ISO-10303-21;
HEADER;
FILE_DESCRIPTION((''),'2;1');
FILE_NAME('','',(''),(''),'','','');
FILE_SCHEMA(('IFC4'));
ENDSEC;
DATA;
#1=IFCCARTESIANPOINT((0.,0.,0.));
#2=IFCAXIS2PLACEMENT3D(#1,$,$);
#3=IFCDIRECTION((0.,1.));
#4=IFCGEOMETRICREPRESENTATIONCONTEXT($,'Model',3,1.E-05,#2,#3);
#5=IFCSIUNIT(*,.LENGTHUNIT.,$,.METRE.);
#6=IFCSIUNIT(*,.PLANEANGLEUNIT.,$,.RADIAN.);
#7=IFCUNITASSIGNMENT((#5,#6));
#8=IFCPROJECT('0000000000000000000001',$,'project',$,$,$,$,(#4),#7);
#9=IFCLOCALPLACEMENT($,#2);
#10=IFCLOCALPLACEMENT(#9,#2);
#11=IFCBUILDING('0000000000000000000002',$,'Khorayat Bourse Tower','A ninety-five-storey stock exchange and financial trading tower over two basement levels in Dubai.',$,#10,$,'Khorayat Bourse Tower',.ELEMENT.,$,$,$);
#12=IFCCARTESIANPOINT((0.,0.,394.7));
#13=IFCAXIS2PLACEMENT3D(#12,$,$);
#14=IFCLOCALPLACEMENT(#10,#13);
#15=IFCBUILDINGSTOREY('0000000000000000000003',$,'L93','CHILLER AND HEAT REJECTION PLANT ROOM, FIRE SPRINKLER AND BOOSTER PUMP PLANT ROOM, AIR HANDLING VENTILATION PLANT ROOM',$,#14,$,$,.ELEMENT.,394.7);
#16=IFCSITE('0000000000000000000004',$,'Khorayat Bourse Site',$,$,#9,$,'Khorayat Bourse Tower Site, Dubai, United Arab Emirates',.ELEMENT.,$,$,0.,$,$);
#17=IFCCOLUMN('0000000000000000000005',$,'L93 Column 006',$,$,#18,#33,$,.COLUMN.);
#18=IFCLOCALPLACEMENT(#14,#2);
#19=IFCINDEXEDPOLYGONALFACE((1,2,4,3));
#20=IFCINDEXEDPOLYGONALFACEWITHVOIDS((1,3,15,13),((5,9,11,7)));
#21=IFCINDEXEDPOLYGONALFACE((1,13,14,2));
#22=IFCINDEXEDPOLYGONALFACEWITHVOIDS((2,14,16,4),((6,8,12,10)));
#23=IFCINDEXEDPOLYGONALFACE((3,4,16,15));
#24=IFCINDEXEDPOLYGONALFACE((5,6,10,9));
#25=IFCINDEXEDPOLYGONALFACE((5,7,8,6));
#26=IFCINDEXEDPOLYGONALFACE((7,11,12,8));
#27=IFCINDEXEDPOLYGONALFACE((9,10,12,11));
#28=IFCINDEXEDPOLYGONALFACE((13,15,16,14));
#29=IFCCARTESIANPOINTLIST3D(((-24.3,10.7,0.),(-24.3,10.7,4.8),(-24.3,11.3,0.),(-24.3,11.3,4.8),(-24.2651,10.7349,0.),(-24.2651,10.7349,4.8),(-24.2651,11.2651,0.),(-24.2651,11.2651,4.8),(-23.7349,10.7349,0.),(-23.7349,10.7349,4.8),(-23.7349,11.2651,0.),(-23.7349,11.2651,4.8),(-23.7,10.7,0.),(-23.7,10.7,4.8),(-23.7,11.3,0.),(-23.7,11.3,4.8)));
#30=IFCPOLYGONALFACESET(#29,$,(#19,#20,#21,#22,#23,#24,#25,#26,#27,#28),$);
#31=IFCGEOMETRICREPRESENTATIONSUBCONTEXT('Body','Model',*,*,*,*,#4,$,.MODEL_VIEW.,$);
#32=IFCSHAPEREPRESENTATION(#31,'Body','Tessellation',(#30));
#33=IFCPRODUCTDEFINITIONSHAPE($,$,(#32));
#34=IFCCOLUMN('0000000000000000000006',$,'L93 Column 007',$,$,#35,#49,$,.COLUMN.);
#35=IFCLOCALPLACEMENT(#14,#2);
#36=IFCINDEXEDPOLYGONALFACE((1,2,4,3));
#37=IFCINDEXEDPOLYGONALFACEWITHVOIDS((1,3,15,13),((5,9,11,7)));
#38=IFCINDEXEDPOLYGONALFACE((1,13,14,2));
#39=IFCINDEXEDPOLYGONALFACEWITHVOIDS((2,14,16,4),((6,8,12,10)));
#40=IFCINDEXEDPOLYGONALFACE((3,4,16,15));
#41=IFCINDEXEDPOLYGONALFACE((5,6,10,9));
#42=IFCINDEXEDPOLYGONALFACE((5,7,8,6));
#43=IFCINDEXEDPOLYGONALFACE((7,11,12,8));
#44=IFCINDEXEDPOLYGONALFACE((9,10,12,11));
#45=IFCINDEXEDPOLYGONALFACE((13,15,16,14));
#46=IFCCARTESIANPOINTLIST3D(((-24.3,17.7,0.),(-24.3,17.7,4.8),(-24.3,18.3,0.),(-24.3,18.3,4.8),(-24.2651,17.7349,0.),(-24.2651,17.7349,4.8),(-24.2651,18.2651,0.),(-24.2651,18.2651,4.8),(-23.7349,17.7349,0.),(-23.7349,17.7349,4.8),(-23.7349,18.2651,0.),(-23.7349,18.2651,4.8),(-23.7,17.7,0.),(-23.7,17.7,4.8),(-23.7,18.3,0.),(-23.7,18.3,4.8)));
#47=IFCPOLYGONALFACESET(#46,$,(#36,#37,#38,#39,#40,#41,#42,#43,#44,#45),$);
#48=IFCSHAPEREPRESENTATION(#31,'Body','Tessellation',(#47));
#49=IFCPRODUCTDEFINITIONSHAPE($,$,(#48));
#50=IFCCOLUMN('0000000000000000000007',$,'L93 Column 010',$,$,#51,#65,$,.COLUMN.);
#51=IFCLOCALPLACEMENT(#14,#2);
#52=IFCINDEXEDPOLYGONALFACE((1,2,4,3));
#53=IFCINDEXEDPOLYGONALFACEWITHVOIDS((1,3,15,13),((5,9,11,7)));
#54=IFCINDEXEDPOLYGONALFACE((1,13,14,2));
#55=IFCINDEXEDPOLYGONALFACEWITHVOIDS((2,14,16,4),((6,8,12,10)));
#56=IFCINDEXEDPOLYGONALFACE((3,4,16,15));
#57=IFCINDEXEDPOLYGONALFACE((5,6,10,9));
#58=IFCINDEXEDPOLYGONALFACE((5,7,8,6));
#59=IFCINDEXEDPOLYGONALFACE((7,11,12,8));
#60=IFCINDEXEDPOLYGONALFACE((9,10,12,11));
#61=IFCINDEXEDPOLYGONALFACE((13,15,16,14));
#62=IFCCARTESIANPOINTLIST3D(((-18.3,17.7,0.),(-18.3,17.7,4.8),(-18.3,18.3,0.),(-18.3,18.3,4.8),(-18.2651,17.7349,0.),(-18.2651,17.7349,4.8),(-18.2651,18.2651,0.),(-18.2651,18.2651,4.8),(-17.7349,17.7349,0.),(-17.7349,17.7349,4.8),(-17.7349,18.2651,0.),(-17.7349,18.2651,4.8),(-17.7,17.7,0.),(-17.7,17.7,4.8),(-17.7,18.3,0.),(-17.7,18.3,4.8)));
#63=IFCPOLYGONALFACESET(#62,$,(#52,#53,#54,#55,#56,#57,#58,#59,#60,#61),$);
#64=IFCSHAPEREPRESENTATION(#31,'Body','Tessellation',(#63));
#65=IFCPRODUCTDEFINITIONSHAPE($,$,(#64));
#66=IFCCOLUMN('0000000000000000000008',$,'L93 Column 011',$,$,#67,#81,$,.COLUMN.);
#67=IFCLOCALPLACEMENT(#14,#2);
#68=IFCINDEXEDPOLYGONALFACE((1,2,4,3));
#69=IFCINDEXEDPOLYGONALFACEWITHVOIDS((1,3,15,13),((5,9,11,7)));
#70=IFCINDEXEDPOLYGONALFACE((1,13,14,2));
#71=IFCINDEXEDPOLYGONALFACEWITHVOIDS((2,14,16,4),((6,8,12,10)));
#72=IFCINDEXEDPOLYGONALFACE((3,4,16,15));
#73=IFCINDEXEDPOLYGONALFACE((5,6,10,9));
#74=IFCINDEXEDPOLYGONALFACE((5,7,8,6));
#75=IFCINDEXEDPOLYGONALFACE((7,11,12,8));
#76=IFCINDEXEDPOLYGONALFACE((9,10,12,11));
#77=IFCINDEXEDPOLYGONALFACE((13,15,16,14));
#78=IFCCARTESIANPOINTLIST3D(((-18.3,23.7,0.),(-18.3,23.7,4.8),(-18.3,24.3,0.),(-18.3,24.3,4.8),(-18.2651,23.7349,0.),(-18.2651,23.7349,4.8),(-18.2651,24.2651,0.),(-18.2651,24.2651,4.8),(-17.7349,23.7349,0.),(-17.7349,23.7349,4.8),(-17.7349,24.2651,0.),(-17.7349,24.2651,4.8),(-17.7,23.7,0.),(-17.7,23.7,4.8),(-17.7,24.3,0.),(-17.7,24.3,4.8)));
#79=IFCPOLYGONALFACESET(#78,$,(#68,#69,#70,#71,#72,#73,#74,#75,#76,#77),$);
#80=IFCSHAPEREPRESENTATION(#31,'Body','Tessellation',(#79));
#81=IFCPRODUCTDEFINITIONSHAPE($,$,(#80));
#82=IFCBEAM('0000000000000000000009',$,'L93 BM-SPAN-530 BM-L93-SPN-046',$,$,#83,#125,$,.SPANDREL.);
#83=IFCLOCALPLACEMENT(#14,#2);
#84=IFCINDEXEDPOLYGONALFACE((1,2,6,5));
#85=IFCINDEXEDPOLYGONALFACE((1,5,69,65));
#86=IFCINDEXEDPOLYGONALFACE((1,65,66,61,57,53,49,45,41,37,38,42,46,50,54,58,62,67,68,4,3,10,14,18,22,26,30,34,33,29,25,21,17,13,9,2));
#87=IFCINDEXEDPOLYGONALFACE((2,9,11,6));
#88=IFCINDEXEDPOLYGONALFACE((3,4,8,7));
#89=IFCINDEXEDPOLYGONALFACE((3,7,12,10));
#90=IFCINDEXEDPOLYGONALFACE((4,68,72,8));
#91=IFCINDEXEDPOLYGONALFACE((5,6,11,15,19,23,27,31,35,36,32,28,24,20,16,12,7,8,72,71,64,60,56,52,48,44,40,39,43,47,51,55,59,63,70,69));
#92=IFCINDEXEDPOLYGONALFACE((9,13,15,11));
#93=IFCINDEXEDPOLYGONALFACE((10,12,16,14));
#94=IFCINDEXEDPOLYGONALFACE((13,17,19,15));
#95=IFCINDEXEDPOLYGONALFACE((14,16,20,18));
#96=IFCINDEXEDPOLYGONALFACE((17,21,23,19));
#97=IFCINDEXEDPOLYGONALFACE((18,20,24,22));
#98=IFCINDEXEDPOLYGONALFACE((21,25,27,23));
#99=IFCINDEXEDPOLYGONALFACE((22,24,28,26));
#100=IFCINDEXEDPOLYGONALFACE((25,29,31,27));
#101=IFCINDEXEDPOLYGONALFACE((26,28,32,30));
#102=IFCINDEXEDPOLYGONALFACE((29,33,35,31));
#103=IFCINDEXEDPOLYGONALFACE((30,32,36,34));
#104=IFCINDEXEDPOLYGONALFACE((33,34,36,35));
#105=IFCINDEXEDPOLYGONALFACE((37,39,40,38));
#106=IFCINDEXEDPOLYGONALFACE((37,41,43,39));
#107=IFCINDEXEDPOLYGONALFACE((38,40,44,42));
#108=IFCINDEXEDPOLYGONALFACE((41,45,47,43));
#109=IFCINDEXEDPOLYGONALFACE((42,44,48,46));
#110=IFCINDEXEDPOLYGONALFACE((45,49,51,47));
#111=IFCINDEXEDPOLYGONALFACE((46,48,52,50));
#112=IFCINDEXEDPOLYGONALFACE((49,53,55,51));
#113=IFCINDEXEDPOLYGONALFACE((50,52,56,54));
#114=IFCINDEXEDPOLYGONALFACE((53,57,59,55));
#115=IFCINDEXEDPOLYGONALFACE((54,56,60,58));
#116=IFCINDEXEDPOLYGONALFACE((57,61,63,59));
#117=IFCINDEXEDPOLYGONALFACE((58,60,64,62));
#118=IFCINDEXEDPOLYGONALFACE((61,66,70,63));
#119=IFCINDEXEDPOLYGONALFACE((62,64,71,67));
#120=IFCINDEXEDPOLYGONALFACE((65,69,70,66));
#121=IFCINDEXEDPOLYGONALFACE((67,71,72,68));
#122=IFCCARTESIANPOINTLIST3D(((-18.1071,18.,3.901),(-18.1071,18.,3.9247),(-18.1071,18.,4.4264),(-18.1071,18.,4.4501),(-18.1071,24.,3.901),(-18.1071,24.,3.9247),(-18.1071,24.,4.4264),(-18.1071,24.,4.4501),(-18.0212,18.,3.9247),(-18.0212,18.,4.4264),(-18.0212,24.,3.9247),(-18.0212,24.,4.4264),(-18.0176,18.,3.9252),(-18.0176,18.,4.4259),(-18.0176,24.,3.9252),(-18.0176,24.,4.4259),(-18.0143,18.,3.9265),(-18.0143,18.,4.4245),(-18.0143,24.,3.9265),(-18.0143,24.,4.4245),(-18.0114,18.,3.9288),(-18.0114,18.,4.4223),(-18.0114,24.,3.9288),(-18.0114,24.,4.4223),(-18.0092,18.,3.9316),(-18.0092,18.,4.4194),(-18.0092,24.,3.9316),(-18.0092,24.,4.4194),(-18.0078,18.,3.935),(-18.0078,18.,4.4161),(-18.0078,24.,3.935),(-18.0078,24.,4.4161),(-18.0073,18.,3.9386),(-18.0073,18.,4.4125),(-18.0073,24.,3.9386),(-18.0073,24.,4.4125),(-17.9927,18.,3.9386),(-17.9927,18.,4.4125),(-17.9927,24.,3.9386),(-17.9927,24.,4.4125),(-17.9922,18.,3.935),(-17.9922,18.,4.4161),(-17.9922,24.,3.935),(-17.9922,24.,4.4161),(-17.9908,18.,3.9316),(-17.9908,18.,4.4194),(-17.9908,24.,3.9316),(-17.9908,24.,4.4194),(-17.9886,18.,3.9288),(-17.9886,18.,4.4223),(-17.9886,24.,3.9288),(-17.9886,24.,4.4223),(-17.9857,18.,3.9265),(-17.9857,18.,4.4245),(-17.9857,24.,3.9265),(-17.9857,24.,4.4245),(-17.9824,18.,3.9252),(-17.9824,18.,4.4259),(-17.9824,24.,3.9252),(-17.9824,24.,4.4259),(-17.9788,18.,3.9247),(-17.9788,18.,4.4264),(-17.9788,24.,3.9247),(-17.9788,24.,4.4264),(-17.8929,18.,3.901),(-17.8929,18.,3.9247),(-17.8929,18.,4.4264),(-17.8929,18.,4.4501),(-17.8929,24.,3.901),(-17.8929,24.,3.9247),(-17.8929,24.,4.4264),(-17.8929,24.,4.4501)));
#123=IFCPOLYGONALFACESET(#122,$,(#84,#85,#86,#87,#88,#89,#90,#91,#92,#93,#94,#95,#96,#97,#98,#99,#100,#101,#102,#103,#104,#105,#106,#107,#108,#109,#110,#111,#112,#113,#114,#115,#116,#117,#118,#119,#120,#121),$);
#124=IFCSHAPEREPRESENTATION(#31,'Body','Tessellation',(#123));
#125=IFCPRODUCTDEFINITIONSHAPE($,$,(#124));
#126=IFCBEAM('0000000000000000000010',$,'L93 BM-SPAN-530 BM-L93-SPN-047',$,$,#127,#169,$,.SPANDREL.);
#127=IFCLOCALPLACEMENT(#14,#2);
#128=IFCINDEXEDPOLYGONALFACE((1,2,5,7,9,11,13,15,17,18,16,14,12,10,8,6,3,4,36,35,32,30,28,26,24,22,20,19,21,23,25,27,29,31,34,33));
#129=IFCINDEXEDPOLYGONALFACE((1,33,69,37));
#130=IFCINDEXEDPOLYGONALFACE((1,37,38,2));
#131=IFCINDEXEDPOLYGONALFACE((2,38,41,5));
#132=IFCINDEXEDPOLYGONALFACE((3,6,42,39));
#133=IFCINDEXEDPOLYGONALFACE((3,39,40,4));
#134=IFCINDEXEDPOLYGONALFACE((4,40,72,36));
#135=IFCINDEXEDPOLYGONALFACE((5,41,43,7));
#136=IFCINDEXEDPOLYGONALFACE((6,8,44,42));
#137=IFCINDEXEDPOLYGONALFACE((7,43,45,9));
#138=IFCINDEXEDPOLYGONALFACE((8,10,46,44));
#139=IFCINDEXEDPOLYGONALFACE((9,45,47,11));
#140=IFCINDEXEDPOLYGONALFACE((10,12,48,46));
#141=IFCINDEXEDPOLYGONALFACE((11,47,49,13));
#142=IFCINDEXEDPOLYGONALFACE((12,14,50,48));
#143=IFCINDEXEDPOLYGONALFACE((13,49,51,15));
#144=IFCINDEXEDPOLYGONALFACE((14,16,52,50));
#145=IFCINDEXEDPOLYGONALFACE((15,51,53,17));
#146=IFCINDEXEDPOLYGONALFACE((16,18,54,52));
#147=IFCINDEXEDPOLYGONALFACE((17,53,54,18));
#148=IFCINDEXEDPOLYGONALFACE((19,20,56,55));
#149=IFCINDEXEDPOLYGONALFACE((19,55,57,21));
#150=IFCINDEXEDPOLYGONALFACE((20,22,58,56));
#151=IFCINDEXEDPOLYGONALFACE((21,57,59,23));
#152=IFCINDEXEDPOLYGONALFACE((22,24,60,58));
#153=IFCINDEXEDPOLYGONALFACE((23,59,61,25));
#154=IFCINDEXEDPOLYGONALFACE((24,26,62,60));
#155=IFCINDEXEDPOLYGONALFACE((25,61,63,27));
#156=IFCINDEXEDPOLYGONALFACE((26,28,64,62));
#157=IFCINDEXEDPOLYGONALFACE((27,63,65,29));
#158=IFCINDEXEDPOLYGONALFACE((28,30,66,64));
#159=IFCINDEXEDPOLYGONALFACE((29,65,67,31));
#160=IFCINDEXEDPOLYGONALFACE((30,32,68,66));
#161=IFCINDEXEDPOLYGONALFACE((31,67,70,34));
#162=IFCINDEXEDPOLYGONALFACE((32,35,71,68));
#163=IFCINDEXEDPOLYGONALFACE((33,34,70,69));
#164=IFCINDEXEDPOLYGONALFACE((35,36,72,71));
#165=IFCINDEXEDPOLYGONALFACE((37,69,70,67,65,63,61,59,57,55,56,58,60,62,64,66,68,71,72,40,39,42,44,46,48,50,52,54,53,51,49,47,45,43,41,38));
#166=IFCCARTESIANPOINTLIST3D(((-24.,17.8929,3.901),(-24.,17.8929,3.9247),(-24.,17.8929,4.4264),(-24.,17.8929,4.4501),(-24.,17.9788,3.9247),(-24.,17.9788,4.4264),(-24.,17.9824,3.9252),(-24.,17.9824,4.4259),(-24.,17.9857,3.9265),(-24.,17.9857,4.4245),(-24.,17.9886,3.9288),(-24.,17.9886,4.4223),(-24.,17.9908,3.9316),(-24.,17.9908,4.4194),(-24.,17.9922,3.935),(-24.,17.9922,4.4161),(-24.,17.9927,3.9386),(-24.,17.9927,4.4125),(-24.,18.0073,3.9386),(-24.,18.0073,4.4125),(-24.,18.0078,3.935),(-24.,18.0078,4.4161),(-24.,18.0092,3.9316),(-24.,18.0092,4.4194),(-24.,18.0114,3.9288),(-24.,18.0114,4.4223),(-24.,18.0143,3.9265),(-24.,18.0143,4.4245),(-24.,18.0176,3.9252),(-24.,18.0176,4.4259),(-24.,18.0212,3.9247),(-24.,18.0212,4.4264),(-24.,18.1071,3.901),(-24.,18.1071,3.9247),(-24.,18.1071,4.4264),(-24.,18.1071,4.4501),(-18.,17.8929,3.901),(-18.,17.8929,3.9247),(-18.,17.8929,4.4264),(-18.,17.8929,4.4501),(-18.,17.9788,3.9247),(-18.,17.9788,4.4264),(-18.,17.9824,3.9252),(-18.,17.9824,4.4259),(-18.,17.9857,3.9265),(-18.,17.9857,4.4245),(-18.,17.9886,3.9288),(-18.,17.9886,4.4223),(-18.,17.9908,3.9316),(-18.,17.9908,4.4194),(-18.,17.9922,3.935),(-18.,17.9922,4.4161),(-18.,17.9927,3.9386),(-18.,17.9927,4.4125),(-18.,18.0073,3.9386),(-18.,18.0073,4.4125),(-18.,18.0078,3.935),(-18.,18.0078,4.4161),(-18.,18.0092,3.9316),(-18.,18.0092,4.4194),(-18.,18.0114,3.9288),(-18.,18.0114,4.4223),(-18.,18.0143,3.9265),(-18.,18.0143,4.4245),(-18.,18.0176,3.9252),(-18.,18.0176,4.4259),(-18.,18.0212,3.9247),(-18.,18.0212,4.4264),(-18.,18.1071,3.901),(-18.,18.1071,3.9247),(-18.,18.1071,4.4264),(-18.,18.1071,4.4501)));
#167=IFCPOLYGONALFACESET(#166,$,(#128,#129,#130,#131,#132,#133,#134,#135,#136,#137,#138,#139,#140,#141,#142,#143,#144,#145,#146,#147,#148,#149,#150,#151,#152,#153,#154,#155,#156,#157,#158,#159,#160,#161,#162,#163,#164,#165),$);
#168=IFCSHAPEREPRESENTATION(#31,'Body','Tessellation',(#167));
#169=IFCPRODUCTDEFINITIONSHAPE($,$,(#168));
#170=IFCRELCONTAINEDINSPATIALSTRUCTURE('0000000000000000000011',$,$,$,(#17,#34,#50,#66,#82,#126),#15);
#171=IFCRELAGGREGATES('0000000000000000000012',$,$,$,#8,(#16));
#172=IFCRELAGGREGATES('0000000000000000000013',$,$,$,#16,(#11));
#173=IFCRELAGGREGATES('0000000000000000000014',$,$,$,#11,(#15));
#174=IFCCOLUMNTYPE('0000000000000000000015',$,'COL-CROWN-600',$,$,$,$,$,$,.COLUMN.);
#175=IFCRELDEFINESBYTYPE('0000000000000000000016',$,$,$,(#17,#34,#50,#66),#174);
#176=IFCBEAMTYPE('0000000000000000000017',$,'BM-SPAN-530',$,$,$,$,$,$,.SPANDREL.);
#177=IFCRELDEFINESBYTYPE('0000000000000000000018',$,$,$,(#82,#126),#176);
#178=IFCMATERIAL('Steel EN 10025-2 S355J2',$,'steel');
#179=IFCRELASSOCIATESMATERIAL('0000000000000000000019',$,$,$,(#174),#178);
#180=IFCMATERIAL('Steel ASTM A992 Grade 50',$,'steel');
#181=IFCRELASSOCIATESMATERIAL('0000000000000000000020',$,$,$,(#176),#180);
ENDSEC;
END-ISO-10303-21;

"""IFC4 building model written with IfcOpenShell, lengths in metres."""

from ifc_helpers import new_model, si_unit, direction, frame, origin, origin_2d, place, context, subcontext, project, spatial, hollow_rectangle, i_section, extrude, source, transform, mapped, material, material_profile, profile_set, type_object, element, save


model = new_model("IFC4")

# Units and contexts
model_context = context("Model", 3, precision=1e-05, world=origin(), true_north=direction((0.0, 1.0)))
body_context = subcontext(model_context, "Body", "Model", "MODEL_VIEW")
ifc_project = project(units=[si_unit("LENGTHUNIT", "METRE"), si_unit("PLANEANGLEUNIT", "RADIAN")], contexts=[model_context])

# Site, building, storey
site_placement = place(None, origin())
site = spatial("IfcSite", under=ifc_project, at=site_placement, Name="Khorayat Bourse Site", LongName="Khorayat Bourse Tower Site, Dubai, United Arab Emirates", CompositionType="ELEMENT", RefElevation=0.0)
building_placement = place(site_placement, origin())
building = spatial("IfcBuilding", under=site, at=building_placement, Name="Khorayat Bourse Tower", Description="A ninety-five-storey stock exchange and financial trading tower over two basement levels in Dubai.", LongName="Khorayat Bourse Tower", CompositionType="ELEMENT")
storey_placement = place(building_placement, frame((0.0, 0.0, 394.7)))
storey = spatial("IfcBuildingStorey", under=building, at=storey_placement, Name="L93", Description="CHILLER AND HEAT REJECTION PLANT ROOM, FIRE SPRINKLER AND BOOSTER PUMP PLANT ROOM, AIR HANDLING VENTILATION PLANT ROOM", CompositionType="ELEMENT", Elevation=394.7)

# Columns
ifc_material_1 = material(Name="Steel EN 10025-2 S355J2", Category="steel")
ifc_material_profile_1 = material_profile(ifc_material_1, hollow_rectangle(XDim=0.6001, YDim=0.6001, WallThickness=0.0349, at=origin_2d()), Name="BOX 600x600x35")
ifc_profile_set_1 = profile_set([ifc_material_profile_1], Name="Steel EN 10025-2 S355J2")
column_type = type_object("IfcColumnType", Name="COL-CROWN-600", PredefinedType="COLUMN", material=ifc_profile_set_1)
shared_shape_1 = source(origin(), body_context, "Body", "SweptSolid", [
    extrude(hollow_rectangle(XDim=0.6001, YDim=0.6001, WallThickness=0.0349, at=origin_2d()), origin(), (0.0, 0.0, 1.0), 4.8),
])
for number, where, z_axis, x_axis, name in (
    (1, (-24.0, 11.0, 0.0), (0.0, 0.0, 1.0), (1.0, 0.0, 0.0), "L93 Column 006"),
    (2, (-24.0, 18.0, 0.0), (0.0, 0.0, 1.0), (1.0, 0.0, 0.0), "L93 Column 007"),
    (3, (-18.0, 18.0, 0.0), (0.0, 0.0, 1.0), (1.0, 0.0, 0.0), "L93 Column 010"),
    (4, (-18.0, 24.0, 0.0), (0.0, 0.0, 1.0), (1.0, 0.0, 0.0), "L93 Column 011"),
):
    element("IfcColumn", number, at=place(storey_placement, frame(where, z_axis=z_axis, x_axis=x_axis)), inside=storey, type_object=column_type, Name=name, PredefinedType="COLUMN", context=body_context, shape_type="MappedRepresentation", body=[
        mapped(shared_shape_1, transform((0.0, 0.0, 0.0), scale=1.0)),
    ])

# Beams
ifc_material_2 = material(Name="Steel ASTM A992 Grade 50", Category="steel")
ifc_material_profile_2 = material_profile(ifc_material_2, i_section(OverallWidth=0.2141, OverallDepth=0.5491, WebThickness=0.0146, FlangeThickness=0.0237, FilletRadius=0.0139, at=origin_2d()), Name="W530X138")
ifc_profile_set_2 = profile_set([ifc_material_profile_2], Name="Steel ASTM A992 Grade 50")
beam_type_1 = type_object("IfcBeamType", Name="BM-SPAN-530", PredefinedType="SPANDREL", material=ifc_profile_set_2)
shared_shape_2 = source(origin(), body_context, "Body", "SweptSolid", [
    extrude(i_section(OverallWidth=0.2141, OverallDepth=0.5491, WebThickness=0.0146, FlangeThickness=0.0237, FilletRadius=0.0139, at=origin_2d()), origin(), (0.0, 0.0, 1.0), 6.0),
])
for number, where, z_axis, x_axis, name in (
    (5, (-18.0, 18.0, 4.1755), (0.0, 1.0, 0.0), (-1.0, 0.0, 0.0), "L93 BM-SPAN-530 BM-L93-SPN-046"),
    (6, (-24.0, 18.0, 4.1755), (1.0, 0.0, 0.0), (0.0, 1.0, 0.0), "L93 BM-SPAN-530 BM-L93-SPN-047"),
):
    element("IfcBeam", number, at=place(storey_placement, frame(where, z_axis=z_axis, x_axis=x_axis)), inside=storey, type_object=beam_type_1, Name=name, PredefinedType="SPANDREL", context=body_context, shape_type="MappedRepresentation", body=[
        mapped(shared_shape_2, transform((0.0, 0.0, 0.0), scale=1.0)),
    ])

save(model, "model.ifc")
